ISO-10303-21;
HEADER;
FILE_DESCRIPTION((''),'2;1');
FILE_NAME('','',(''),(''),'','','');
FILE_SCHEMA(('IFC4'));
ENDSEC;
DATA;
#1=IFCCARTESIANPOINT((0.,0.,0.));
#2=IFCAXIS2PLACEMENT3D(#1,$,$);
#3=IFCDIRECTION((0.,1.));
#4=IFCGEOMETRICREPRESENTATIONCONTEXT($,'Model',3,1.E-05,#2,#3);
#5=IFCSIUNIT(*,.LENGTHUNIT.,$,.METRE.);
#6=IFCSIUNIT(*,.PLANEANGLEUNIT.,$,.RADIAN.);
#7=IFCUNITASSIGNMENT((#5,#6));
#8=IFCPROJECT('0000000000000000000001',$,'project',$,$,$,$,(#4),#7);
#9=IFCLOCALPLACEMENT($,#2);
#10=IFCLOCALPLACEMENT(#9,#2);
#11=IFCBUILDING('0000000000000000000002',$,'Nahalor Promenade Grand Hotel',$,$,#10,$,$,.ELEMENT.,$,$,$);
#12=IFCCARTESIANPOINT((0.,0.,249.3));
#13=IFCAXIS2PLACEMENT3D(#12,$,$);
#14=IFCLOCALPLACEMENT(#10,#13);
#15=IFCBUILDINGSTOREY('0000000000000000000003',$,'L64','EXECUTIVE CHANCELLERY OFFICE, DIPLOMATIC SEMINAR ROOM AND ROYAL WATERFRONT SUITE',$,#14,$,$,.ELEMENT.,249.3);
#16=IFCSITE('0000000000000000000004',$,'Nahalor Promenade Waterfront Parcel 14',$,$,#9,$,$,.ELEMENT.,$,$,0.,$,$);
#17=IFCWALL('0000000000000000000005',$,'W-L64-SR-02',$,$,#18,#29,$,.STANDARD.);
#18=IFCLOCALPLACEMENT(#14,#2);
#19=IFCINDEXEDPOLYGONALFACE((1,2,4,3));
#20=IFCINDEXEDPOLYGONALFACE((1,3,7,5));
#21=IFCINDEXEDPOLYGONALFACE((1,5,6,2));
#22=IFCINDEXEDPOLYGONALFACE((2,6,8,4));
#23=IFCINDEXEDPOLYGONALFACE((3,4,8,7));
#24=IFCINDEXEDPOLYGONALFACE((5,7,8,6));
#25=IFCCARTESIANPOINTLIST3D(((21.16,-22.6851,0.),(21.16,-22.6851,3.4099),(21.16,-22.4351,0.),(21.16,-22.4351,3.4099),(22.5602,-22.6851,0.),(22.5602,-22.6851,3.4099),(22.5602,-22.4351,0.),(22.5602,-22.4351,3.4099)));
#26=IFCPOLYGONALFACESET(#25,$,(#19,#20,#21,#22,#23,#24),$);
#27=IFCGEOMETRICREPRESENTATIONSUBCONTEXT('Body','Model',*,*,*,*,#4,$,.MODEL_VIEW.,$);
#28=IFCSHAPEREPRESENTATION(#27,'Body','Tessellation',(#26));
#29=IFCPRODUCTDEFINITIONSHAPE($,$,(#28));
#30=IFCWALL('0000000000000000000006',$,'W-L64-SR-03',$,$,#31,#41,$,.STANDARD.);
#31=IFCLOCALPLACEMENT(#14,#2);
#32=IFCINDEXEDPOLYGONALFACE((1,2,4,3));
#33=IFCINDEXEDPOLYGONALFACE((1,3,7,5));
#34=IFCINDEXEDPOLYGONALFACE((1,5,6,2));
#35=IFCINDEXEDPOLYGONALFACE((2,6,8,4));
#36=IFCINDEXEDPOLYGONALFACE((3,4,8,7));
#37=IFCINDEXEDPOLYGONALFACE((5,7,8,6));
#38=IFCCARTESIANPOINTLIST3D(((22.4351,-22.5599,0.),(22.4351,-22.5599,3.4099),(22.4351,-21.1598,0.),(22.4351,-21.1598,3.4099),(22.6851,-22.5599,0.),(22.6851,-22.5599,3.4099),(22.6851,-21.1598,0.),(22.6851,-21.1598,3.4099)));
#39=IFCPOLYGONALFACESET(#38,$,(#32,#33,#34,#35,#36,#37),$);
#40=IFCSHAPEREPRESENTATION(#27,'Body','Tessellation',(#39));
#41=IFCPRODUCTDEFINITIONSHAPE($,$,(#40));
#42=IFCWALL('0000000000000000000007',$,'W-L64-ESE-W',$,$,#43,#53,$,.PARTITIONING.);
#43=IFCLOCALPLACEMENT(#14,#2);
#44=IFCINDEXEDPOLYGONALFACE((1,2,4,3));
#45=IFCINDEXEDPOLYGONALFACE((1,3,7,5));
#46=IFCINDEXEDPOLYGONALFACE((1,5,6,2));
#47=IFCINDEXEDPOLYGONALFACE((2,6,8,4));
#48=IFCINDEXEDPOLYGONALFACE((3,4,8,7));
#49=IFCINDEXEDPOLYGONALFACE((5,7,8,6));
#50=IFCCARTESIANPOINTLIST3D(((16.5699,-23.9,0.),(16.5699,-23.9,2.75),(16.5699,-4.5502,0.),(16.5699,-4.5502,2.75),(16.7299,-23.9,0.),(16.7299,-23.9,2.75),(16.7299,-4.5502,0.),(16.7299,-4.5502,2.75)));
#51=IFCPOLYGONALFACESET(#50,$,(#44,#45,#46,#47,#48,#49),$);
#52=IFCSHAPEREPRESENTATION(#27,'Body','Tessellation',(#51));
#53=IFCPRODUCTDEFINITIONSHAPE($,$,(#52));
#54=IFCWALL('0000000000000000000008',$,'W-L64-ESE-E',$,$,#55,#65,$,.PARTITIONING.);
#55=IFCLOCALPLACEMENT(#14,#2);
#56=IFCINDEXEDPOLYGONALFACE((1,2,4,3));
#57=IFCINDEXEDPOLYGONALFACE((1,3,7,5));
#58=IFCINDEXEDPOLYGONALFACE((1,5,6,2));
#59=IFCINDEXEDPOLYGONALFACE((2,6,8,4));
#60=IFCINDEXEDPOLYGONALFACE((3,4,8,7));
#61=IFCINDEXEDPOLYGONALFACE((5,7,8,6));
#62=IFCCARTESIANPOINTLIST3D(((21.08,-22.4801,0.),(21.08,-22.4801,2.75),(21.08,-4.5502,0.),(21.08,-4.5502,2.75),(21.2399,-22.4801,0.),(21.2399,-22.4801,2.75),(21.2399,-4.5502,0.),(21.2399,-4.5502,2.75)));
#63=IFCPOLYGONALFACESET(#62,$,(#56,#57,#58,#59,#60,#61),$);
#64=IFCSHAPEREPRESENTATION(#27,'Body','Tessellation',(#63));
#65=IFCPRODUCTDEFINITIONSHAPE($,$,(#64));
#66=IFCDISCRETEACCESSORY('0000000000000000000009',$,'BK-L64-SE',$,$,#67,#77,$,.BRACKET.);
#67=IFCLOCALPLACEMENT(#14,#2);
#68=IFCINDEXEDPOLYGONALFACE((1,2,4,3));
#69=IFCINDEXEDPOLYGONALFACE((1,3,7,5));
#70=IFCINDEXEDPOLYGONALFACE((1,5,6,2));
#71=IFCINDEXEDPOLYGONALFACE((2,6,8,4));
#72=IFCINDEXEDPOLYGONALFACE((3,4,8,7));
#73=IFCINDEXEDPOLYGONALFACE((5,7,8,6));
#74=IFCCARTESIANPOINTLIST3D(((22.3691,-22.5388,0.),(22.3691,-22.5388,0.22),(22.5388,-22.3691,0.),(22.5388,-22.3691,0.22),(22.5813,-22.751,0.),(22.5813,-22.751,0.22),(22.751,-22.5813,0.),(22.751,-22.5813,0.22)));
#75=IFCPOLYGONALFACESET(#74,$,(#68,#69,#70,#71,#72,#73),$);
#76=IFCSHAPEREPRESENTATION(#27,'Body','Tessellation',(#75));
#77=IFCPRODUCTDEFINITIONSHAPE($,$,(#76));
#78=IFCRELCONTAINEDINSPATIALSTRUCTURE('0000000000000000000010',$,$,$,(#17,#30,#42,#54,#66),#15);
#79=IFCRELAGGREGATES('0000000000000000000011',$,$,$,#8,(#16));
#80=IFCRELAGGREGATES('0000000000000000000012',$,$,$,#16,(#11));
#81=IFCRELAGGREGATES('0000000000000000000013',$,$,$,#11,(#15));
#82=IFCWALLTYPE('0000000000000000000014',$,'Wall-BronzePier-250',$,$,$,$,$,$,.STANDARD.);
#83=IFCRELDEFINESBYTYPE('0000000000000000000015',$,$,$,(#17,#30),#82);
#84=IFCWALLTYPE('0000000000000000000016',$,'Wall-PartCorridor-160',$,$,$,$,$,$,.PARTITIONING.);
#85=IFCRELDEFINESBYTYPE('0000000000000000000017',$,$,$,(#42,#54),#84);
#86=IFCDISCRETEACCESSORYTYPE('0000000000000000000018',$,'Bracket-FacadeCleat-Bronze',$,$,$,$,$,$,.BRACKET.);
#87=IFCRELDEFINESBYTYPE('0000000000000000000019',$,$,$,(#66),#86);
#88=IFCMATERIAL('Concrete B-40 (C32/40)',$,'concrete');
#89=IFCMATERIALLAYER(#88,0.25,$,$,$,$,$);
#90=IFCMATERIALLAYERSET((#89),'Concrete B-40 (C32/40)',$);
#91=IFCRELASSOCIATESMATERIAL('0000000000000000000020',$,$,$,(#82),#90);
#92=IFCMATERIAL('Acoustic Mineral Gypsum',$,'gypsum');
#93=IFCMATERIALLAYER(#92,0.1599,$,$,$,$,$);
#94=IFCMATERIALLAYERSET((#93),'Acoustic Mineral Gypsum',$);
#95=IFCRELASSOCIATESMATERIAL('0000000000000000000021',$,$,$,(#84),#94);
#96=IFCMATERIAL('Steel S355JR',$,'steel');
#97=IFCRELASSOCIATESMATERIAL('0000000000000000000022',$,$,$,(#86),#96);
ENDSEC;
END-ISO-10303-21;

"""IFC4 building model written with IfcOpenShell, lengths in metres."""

from ifc_helpers import new_model, si_unit, direction, frame, frame_2d, origin, origin_2d, place, context, subcontext, project, spatial, rectangle, extrude, source, transform, mapped, material, layer, layer_set, type_object, element, save


model = new_model("IFC4")

# Units and contexts
model_context = context("Model", 3, precision=1e-05, world=origin(), true_north=direction((0.0, 1.0)))
body_context = subcontext(model_context, "Body", "Model", "MODEL_VIEW")
ifc_project = project(units=[si_unit("LENGTHUNIT", "METRE"), si_unit("PLANEANGLEUNIT", "RADIAN")], contexts=[model_context])

# Site, building, storey
site_placement = place(None, origin())
site = spatial("IfcSite", under=ifc_project, at=site_placement, Name="Nahalor Promenade Waterfront Parcel 14", CompositionType="ELEMENT", RefElevation=0.0)
building_placement = place(site_placement, origin())
building = spatial("IfcBuilding", under=site, at=building_placement, Name="Nahalor Promenade Grand Hotel", CompositionType="ELEMENT")
storey_placement = place(building_placement, frame((0.0, 0.0, 249.3)))
storey = spatial("IfcBuildingStorey", under=building, at=storey_placement, Name="L64", Description="EXECUTIVE CHANCELLERY OFFICE, DIPLOMATIC SEMINAR ROOM AND ROYAL WATERFRONT SUITE", CompositionType="ELEMENT", Elevation=249.3)

# Shared definitions
ifc_material_1 = material(Name="Steel S355JR", Category="steel")

# Walls
ifc_material_2 = material(Name="Concrete B-40 (C32/40)", Category="concrete")
ifc_layer_1 = layer(ifc_material_2, 0.25)
ifc_layer_set_1 = layer_set([ifc_layer_1], Name="Concrete B-40 (C32/40)")
wall_type_1 = type_object("IfcWallType", Name="Wall-BronzePier-250", PredefinedType="STANDARD", material=ifc_layer_set_1)
shared_shape_1 = source(origin(), body_context, "Body", "SweptSolid", [
    extrude(rectangle(XDim=1.4001, YDim=0.25, at=frame_2d((0.7002, 0.0))), origin(), (0.0, 0.0, 1.0), 3.4099),
])
for number, where, z_axis, x_axis, name in (
    (1, (21.1599, -22.5601, 0.0), (0.0, 0.0, 1.0), (1.0, 0.0, 0.0), "W-L64-SR-02"),
    (2, (22.5601, -22.5601, 0.0), (0.0, 0.0, 1.0), (0.0, 1.0, 0.0), "W-L64-SR-03"),
):
    element("IfcWall", number, at=place(storey_placement, frame(where, z_axis=z_axis, x_axis=x_axis)), inside=storey, type_object=wall_type_1, Name=name, PredefinedType="STANDARD", context=body_context, shape_type="MappedRepresentation", body=[
        mapped(shared_shape_1, transform((0.0, 0.0, 0.0), scale=1.0)),
    ])
ifc_material_3 = material(Name="Acoustic Mineral Gypsum", Category="gypsum")
ifc_layer_2 = layer(ifc_material_3, 0.1599)
ifc_layer_set_2 = layer_set([ifc_layer_2], Name="Acoustic Mineral Gypsum")
wall_type_2 = type_object("IfcWallType", Name="Wall-PartCorridor-160", PredefinedType="PARTITIONING", material=ifc_layer_set_2)
shared_shape_2 = source(origin(), body_context, "Body", "SweptSolid", [
    extrude(rectangle(XDim=19.3499, YDim=0.1599, at=frame_2d((9.6748, 0.0))), origin(), (0.0, 0.0, 1.0), 2.75),
])
wall_1_placement = place(storey_placement, frame((16.6499, -23.8999, 0.0), z_axis=(0.0, 0.0, 1.0), x_axis=(0.0, 1.0, 0.0)))
element("IfcWall", 3, at=wall_1_placement, inside=storey, type_object=wall_type_2, Name="W-L64-ESE-W", PredefinedType="PARTITIONING", context=body_context, shape_type="MappedRepresentation", body=[
    mapped(shared_shape_2, transform((0.0, 0.0, 0.0), scale=1.0)),
])
shared_shape_3 = source(origin(), body_context, "Body", "SweptSolid", [
    extrude(rectangle(XDim=17.9299, YDim=0.1599, at=frame_2d((8.9648, 0.0))), origin(), (0.0, 0.0, 1.0), 2.75),
])
wall_2_placement = place(storey_placement, frame((21.1599, -22.48, 0.0), z_axis=(0.0, 0.0, 1.0), x_axis=(0.0, 1.0, 0.0)))
element("IfcWall", 4, at=wall_2_placement, inside=storey, type_object=wall_type_2, Name="W-L64-ESE-E", PredefinedType="PARTITIONING", context=body_context, shape_type="MappedRepresentation", body=[
    mapped(shared_shape_3, transform((0.0, 0.0, 0.0), scale=1.0)),
])

# Discrete accessory
discrete_accessory_type = type_object("IfcDiscreteAccessoryType", Name="Bracket-FacadeCleat-Bronze", PredefinedType="BRACKET", material=ifc_material_1)
shared_shape_4 = source(origin(), body_context, "Body", "SweptSolid", [
    extrude(rectangle(XDim=0.3, YDim=0.24, at=origin_2d()), origin(), (0.0, 0.0, 1.0), 0.22),
])
discrete_accessory_placement = place(storey_placement, frame((22.5601, -22.5601, 0.0), z_axis=(0.0, 0.0, 1.0), x_axis=(-0.707107, 0.707107, 0.0)))
element("IfcDiscreteAccessory", 5, at=discrete_accessory_placement, inside=storey, type_object=discrete_accessory_type, Name="BK-L64-SE", PredefinedType="BRACKET", context=body_context, shape_type="MappedRepresentation", body=[
    mapped(shared_shape_4, transform((0.0, 0.0, 0.0), scale=1.0)),
])

save(model, "model.ifc")
